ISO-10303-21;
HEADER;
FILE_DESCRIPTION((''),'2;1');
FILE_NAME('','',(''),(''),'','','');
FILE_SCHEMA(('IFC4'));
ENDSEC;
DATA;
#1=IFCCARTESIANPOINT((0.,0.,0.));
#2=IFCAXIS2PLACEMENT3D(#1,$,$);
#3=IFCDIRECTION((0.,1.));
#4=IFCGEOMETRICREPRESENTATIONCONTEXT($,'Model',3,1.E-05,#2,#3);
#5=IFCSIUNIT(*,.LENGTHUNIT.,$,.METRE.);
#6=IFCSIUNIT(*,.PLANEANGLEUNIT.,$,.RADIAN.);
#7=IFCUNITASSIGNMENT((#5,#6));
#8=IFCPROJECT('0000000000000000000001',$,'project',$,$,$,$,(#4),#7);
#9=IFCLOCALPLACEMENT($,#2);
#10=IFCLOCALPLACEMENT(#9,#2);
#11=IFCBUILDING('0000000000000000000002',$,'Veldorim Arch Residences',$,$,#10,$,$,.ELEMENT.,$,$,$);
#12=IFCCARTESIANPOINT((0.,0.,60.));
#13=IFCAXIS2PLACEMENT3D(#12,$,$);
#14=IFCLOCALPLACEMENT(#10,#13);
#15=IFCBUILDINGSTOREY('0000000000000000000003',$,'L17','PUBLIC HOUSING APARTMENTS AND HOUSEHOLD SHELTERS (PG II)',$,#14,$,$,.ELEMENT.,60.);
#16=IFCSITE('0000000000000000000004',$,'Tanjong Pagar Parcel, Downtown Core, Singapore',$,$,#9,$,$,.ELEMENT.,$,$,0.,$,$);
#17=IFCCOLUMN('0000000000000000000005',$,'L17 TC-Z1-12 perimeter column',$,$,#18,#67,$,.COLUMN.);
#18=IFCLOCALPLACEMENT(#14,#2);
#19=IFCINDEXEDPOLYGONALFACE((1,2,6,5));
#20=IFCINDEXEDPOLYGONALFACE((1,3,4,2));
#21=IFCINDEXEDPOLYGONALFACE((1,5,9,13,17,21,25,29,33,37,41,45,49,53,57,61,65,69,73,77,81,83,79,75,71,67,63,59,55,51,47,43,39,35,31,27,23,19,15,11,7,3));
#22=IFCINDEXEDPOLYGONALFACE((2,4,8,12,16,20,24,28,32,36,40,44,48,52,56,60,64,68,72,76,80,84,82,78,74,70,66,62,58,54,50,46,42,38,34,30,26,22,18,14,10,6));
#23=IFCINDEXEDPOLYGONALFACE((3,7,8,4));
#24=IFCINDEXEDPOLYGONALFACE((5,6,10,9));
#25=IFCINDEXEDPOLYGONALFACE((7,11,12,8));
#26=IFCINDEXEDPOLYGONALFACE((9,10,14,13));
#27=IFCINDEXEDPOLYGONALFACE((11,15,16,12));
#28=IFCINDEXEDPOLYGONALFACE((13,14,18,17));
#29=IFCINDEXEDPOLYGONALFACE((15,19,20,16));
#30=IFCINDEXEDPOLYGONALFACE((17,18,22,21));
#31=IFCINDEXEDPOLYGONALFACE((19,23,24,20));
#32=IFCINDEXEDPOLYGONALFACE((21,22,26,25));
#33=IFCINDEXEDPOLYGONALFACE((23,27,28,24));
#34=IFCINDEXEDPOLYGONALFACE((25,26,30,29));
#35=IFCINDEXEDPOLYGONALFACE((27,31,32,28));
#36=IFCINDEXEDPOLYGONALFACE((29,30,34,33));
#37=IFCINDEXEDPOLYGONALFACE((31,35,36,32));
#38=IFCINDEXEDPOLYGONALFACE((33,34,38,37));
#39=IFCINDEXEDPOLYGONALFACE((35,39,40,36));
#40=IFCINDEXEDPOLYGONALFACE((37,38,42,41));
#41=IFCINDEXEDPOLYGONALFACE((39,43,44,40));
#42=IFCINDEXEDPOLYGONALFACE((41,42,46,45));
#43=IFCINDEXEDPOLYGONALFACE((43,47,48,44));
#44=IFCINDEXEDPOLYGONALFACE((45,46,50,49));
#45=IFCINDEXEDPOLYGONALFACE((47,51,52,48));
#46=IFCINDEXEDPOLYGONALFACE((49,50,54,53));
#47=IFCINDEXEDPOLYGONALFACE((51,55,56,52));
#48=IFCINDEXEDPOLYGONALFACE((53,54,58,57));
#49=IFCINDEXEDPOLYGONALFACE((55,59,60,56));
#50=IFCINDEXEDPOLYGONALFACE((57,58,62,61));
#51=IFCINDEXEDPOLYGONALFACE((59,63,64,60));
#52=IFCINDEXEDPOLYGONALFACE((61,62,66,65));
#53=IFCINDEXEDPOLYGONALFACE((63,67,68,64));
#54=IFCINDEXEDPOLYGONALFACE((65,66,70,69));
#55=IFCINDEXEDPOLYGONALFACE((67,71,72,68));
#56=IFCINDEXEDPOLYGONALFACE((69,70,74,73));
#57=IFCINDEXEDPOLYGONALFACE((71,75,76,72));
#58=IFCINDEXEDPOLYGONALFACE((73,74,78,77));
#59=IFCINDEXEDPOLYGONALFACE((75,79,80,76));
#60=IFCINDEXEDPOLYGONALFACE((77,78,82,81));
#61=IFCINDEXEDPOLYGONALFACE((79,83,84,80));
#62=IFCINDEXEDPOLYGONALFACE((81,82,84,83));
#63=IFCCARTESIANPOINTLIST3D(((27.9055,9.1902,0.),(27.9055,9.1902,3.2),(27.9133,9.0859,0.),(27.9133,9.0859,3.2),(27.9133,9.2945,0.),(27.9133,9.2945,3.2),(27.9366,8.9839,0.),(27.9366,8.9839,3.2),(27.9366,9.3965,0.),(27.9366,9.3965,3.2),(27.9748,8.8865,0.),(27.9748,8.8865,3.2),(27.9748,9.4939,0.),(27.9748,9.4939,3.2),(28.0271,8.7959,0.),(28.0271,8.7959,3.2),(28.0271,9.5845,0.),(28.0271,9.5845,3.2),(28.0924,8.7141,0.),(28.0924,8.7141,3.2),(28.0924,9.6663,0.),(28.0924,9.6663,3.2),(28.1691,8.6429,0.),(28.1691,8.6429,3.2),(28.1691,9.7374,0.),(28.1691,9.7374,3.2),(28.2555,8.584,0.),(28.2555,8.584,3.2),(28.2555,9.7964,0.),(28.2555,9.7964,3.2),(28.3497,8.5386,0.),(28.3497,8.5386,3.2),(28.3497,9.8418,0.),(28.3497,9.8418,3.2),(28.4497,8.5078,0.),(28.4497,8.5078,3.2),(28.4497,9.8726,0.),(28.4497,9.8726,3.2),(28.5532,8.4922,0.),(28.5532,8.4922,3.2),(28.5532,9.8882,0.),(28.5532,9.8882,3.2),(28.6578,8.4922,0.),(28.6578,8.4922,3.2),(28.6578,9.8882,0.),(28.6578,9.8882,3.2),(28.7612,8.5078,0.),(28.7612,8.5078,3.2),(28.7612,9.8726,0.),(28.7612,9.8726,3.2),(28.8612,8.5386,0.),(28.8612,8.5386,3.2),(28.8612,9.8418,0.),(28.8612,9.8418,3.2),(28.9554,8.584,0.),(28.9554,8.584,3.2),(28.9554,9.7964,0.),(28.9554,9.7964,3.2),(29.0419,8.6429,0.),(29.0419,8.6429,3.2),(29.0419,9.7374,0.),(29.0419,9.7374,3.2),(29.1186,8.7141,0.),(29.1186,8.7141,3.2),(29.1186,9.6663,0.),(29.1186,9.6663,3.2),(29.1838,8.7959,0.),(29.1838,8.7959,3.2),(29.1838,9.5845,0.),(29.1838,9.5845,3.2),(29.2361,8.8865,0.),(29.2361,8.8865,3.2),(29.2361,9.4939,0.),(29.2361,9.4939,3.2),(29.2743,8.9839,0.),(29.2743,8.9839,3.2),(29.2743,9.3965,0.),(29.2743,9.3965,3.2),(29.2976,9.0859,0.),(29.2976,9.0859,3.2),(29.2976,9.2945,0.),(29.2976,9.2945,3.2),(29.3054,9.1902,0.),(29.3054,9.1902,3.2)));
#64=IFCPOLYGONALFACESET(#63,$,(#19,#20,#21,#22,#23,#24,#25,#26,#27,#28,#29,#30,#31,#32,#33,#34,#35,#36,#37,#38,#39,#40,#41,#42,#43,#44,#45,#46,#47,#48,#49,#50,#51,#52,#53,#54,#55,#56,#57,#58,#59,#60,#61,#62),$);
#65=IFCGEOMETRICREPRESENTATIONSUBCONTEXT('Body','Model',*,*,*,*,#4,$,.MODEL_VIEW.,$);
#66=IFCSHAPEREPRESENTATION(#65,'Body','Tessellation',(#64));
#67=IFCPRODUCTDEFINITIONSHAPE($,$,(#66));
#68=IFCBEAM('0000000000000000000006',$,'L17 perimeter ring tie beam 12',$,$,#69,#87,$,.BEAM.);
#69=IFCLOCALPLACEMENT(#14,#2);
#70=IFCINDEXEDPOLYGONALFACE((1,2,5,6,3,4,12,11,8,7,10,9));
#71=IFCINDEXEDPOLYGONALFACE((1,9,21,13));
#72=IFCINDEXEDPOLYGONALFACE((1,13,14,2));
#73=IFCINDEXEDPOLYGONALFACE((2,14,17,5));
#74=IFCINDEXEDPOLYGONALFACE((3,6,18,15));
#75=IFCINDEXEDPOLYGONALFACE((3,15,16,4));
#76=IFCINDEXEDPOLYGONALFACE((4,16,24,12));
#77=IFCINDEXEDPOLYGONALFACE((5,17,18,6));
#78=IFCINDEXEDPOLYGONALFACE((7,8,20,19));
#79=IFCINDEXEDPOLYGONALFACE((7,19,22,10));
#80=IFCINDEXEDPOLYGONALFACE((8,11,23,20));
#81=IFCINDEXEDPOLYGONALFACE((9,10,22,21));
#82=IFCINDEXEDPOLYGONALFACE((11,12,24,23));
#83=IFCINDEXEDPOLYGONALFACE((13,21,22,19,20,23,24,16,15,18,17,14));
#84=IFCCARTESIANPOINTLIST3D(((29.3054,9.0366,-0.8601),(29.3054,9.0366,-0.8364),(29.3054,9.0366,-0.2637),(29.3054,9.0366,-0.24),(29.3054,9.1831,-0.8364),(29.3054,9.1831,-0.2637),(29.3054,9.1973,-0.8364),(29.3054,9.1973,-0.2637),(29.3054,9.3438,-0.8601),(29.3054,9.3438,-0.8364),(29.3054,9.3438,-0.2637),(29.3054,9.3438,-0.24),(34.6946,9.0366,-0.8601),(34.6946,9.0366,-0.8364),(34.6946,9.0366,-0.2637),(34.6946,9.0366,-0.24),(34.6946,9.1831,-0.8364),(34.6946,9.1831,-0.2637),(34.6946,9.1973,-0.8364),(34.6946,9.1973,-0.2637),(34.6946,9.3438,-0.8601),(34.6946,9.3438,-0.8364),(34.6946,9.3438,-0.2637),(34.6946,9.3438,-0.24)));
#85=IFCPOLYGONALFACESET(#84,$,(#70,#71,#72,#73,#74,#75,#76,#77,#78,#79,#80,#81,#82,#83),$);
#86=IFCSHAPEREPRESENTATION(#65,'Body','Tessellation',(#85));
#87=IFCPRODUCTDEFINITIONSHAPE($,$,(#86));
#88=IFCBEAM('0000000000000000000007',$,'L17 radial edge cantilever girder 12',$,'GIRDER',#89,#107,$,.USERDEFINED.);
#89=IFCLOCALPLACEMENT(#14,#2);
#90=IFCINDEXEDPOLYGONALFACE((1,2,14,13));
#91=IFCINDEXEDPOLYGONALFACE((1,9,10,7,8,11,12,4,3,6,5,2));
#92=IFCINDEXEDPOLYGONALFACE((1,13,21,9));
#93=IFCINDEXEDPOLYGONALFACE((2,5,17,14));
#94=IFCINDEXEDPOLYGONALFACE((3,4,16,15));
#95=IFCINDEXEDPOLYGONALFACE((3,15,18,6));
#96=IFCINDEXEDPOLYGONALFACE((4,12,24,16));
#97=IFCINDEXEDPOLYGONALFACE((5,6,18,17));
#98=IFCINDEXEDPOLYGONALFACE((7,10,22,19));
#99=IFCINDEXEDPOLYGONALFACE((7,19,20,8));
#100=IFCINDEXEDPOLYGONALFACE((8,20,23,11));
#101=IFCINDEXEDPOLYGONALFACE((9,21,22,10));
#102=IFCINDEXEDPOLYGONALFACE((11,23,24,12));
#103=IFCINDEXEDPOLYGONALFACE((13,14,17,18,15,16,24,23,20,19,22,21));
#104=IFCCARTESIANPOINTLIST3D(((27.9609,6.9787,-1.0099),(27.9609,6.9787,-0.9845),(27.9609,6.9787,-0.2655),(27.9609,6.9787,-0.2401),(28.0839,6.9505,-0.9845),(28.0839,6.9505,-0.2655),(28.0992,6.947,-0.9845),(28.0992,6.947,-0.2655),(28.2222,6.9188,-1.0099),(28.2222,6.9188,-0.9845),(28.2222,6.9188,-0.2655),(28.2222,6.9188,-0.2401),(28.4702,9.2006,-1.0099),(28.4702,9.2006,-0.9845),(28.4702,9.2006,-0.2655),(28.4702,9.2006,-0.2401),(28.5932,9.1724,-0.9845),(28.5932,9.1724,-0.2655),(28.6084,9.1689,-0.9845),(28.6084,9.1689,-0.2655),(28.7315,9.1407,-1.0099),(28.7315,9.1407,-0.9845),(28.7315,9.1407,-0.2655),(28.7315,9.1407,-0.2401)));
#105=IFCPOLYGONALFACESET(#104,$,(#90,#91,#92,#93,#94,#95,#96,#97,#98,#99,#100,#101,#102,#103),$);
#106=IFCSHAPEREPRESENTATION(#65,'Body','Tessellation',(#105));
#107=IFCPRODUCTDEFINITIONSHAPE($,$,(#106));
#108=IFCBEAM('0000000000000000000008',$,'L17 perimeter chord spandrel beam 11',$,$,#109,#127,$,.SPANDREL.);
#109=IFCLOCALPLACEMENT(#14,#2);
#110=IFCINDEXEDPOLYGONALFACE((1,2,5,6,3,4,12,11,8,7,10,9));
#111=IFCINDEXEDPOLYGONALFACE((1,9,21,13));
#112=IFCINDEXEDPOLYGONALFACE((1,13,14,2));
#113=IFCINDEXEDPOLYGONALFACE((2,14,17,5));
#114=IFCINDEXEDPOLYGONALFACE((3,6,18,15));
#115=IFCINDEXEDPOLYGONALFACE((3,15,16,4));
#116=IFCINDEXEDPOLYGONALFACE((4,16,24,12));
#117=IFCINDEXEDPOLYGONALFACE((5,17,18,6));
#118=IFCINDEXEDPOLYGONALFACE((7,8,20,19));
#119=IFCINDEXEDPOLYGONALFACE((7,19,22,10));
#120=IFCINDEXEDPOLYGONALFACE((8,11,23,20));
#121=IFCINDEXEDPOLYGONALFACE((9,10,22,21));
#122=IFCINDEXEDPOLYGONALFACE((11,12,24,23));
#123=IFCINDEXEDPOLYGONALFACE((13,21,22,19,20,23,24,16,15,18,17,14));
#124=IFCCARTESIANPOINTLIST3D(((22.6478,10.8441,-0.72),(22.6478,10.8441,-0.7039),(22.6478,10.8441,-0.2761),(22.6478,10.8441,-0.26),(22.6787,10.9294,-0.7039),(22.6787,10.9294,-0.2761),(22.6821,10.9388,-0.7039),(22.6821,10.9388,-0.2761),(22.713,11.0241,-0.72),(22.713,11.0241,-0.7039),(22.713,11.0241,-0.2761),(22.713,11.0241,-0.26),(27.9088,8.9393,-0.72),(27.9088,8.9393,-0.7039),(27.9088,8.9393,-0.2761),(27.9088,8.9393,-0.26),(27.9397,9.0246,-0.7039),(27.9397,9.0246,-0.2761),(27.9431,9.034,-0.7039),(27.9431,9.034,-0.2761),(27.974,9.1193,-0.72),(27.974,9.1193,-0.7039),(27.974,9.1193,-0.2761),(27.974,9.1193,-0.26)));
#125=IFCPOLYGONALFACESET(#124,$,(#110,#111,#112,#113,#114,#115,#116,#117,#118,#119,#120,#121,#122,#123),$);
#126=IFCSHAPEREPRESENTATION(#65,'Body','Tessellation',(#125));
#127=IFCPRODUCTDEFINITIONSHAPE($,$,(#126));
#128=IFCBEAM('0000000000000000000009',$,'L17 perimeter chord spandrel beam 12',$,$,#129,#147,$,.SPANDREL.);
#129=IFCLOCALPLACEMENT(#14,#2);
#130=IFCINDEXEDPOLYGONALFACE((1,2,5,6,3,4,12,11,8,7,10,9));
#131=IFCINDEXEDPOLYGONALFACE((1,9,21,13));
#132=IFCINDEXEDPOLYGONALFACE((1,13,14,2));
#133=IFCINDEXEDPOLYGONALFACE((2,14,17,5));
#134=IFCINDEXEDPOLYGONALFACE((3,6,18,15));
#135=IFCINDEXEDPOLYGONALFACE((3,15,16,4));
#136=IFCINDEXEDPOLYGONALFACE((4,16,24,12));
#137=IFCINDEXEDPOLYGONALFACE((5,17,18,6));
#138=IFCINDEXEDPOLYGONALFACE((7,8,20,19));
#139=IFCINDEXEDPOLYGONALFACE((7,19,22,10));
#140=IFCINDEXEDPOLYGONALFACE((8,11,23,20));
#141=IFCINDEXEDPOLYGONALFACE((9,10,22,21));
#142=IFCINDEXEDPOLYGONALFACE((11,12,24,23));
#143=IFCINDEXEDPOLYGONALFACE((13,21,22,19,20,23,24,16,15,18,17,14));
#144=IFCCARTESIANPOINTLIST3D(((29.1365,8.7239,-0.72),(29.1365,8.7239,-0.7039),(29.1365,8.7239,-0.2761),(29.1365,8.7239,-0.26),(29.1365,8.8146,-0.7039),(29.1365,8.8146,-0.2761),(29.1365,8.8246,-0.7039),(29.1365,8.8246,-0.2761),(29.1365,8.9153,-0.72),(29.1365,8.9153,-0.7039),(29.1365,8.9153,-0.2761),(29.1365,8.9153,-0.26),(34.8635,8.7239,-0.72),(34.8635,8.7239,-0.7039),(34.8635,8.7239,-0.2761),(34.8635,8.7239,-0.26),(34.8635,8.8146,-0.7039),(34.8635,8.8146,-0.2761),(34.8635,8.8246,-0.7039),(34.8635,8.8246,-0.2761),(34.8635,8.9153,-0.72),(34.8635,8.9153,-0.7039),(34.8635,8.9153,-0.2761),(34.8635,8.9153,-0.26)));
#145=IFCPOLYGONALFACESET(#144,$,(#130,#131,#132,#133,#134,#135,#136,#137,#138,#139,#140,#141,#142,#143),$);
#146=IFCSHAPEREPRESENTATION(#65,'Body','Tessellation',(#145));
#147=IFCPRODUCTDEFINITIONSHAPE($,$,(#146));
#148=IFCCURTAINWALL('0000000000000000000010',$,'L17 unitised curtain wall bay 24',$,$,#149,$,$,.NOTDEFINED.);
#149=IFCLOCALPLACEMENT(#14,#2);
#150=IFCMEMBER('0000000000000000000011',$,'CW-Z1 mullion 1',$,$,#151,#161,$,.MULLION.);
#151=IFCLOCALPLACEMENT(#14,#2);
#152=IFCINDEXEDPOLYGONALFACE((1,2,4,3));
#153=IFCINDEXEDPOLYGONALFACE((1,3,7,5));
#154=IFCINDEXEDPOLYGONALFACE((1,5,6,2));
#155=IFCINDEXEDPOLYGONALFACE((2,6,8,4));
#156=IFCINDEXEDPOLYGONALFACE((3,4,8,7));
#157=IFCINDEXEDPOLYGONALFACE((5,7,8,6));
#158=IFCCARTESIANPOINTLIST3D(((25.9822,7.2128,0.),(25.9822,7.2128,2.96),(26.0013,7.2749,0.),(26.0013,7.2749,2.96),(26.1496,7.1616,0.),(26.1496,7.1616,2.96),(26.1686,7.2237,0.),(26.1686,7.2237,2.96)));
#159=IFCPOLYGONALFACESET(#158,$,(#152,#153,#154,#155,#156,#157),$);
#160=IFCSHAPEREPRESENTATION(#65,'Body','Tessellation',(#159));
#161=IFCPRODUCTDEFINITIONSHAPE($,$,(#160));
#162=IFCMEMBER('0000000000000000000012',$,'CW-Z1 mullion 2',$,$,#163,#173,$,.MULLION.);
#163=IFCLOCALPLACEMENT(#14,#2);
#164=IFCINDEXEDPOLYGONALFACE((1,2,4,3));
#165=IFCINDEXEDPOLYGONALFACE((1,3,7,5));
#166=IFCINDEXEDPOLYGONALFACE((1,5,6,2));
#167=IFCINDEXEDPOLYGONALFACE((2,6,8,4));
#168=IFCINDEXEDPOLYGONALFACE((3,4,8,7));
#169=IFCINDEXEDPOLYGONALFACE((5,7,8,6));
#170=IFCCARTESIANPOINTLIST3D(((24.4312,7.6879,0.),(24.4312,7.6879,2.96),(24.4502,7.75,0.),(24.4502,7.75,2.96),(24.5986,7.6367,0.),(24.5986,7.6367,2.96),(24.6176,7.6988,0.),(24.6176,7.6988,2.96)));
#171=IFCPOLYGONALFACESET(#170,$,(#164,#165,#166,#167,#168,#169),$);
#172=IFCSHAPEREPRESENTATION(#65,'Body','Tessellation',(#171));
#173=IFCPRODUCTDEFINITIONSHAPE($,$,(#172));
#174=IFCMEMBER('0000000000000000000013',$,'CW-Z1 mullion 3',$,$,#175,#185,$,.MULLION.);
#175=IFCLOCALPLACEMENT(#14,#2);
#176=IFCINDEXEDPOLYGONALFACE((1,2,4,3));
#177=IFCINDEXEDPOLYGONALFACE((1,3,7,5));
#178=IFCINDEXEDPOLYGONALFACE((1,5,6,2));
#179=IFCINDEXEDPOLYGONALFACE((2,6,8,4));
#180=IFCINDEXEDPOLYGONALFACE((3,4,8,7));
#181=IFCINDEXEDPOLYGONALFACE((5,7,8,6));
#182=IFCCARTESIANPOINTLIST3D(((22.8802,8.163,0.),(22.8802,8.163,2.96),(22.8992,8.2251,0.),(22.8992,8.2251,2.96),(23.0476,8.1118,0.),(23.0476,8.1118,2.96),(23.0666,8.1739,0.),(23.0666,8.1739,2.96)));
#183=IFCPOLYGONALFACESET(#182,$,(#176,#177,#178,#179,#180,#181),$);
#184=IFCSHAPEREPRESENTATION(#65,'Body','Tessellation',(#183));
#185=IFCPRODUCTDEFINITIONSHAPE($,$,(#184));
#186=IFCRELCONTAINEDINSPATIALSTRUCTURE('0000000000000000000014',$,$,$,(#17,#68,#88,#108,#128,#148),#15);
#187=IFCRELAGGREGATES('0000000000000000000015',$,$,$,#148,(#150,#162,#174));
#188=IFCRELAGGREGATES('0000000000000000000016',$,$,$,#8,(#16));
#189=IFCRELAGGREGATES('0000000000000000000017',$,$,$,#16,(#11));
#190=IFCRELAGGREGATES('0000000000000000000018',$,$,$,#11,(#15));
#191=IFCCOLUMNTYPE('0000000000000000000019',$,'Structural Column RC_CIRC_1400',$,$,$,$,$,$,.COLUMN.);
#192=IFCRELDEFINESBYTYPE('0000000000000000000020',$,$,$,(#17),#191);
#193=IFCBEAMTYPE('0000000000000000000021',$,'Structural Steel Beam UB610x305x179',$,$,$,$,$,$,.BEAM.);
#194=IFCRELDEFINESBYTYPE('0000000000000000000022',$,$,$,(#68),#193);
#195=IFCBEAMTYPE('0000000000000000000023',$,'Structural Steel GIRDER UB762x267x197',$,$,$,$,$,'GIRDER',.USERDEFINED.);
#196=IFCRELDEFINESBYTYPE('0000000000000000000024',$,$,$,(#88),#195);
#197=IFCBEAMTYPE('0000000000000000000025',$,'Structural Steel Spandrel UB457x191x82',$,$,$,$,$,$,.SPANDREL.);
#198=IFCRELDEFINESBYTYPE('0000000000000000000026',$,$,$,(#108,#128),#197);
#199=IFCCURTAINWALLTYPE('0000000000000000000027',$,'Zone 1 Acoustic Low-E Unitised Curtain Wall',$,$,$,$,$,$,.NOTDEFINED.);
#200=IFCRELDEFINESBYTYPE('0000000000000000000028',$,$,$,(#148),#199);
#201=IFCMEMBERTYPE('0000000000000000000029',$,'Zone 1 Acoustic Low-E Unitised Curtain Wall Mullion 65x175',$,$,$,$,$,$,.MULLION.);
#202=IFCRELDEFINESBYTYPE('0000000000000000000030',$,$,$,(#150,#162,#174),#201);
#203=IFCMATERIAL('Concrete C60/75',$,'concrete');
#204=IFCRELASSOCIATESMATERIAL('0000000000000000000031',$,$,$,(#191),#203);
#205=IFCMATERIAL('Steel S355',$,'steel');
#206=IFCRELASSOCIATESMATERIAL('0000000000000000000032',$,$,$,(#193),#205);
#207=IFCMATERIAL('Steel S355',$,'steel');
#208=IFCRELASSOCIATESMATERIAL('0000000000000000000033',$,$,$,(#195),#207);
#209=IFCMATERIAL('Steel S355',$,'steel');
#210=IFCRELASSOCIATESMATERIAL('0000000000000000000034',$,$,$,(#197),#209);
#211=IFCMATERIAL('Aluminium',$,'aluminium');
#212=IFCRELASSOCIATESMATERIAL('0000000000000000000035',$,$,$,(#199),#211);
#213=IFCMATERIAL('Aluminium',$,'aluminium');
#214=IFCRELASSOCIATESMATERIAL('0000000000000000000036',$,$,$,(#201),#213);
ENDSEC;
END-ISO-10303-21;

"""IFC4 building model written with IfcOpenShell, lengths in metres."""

from ifc_helpers import new_model, si_unit, direction, frame, origin, origin_2d, place, context, subcontext, project, spatial, rectangle, circle, i_section, extrude, material, material_profile, profile_set, type_object, element, aggregate, save


model = new_model("IFC4")

# Units and contexts
model_context = context("Model", 3, precision=1e-05, world=origin(), true_north=direction((0.0, 1.0)))
body_context = subcontext(model_context, "Body", "Model", "MODEL_VIEW")
ifc_project = project(units=[si_unit("LENGTHUNIT", "METRE"), si_unit("PLANEANGLEUNIT", "RADIAN")], contexts=[model_context])

# Site, building, storey
site_placement = place(None, origin())
site = spatial("IfcSite", under=ifc_project, at=site_placement, Name="Tanjong Pagar Parcel, Downtown Core, Singapore", CompositionType="ELEMENT", RefElevation=0.0)
building_placement = place(site_placement, origin())
building = spatial("IfcBuilding", under=site, at=building_placement, Name="Veldorim Arch Residences", CompositionType="ELEMENT")
storey_placement = place(building_placement, frame((0.0, 0.0, 60.0)))
storey = spatial("IfcBuildingStorey", under=building, at=storey_placement, Name="L17", Description="PUBLIC HOUSING APARTMENTS AND HOUSEHOLD SHELTERS (PG II)", CompositionType="ELEMENT", Elevation=60.0)

# Column
ifc_material_1 = material(Name="Concrete C60/75", Category="concrete")
ifc_material_profile_1 = material_profile(ifc_material_1, circle(Radius=0.7, at=origin_2d()), Name="RC_CIRC_1400")
ifc_profile_set_1 = profile_set([ifc_material_profile_1], Name="Concrete C60/75")
column_type = type_object("IfcColumnType", Name="Structural Column RC_CIRC_1400", PredefinedType="COLUMN", material=ifc_profile_set_1)
column_placement = place(storey_placement, frame((28.6055, 9.1902, 0.0), z_axis=(0.0, 0.0, 1.0), x_axis=(1.0, 0.0, 0.0)))
element("IfcColumn", 1, at=column_placement, inside=storey, type_object=column_type, Name="L17 TC-Z1-12 perimeter column", PredefinedType="COLUMN", context=body_context, shape_type="SweptSolid", body=[
    extrude(circle(Radius=0.7, at=origin_2d()), origin(), (0.0, 0.0, 1.0), 3.2),
])

# Beams
ifc_material_2 = material(Name="Steel S355", Category="steel")
ifc_material_profile_2 = material_profile(ifc_material_2, i_section(OverallWidth=0.3071, OverallDepth=0.6201, WebThickness=0.0142, FlangeThickness=0.0237, at=origin_2d()), Name="UB610x305x179")
ifc_profile_set_2 = profile_set([ifc_material_profile_2], Name="Steel S355")
beam_type_1 = type_object("IfcBeamType", Name="Structural Steel Beam UB610x305x179", PredefinedType="BEAM", material=ifc_profile_set_2)
beam_1_placement = place(storey_placement, frame((29.3054, 9.1902, -0.55), z_axis=(1.0, 0.0, 0.0), x_axis=(0.0, 1.0, 0.0)))
element("IfcBeam", 2, at=beam_1_placement, inside=storey, type_object=beam_type_1, Name="L17 perimeter ring tie beam 12", PredefinedType="BEAM", context=body_context, shape_type="SweptSolid", body=[
    extrude(i_section(OverallWidth=0.3071, OverallDepth=0.6201, WebThickness=0.0142, FlangeThickness=0.0237, at=origin_2d()), origin(), (0.0, 0.0, 1.0), 5.3892),
])
ifc_material_3 = material(Name="Steel S355", Category="steel")
ifc_material_profile_3 = material_profile(ifc_material_3, i_section(OverallWidth=0.2681, OverallDepth=0.7698, WebThickness=0.0156, FlangeThickness=0.0254, at=origin_2d()), Name="UB762x267x197")
ifc_profile_set_3 = profile_set([ifc_material_profile_3], Name="Steel S355")
beam_type_2 = type_object("IfcBeamType", Name="Structural Steel GIRDER UB762x267x197", ElementType="GIRDER", PredefinedType="USERDEFINED", material=ifc_profile_set_3)
beam_2_placement = place(storey_placement, frame((28.6008, 9.1707, -0.625), z_axis=(-0.223412, -0.974724, 0.0), x_axis=(0.974724, -0.223412, 0.0)))
element("IfcBeam", 3, at=beam_2_placement, inside=storey, type_object=beam_type_2, Name="L17 radial edge cantilever girder 12", ObjectType="GIRDER", PredefinedType="USERDEFINED", context=body_context, shape_type="SweptSolid", body=[
    extrude(i_section(OverallWidth=0.2681, OverallDepth=0.7698, WebThickness=0.0156, FlangeThickness=0.0254, at=origin_2d()), origin(), (0.0, 0.0, 1.0), 2.2795),
])
ifc_material_4 = material(Name="Steel S355", Category="steel")
ifc_material_profile_4 = material_profile(ifc_material_4, i_section(OverallWidth=0.1914, OverallDepth=0.46, WebThickness=0.01, FlangeThickness=0.0161, at=origin_2d()), Name="UB457x191x82")
ifc_profile_set_4 = profile_set([ifc_material_profile_4], Name="Steel S355")
beam_type_3 = type_object("IfcBeamType", Name="Structural Steel Spandrel UB457x191x82", PredefinedType="SPANDREL", material=ifc_profile_set_4)
beam_3_placement = place(storey_placement, frame((22.6804, 10.9341, -0.49), z_axis=(0.940269, -0.340432, 0.0), x_axis=(0.340432, 0.940269, 0.0)))
element("IfcBeam", 4, at=beam_3_placement, inside=storey, type_object=beam_type_3, Name="L17 perimeter chord spandrel beam 11", PredefinedType="SPANDREL", context=body_context, shape_type="SweptSolid", body=[
    extrude(i_section(OverallWidth=0.1914, OverallDepth=0.46, WebThickness=0.01, FlangeThickness=0.0161, at=origin_2d()), origin(), (0.0, 0.0, 1.0), 5.5952),
])
beam_4_placement = place(storey_placement, frame((29.1365, 8.8196, -0.49), z_axis=(1.0, 0.0, 0.0), x_axis=(0.0, 1.0, 0.0)))
element("IfcBeam", 5, at=beam_4_placement, inside=storey, type_object=beam_type_3, Name="L17 perimeter chord spandrel beam 12", PredefinedType="SPANDREL", context=body_context, shape_type="SweptSolid", body=[
    extrude(i_section(OverallWidth=0.1914, OverallDepth=0.46, WebThickness=0.01, FlangeThickness=0.0161, at=origin_2d()), origin(), (0.0, 0.0, 1.0), 5.7271),
])

# Curtain wall, members
ifc_material_5 = material(Name="Aluminium", Category="aluminium")
curtain_wall_type = type_object("IfcCurtainWallType", Name="Zone 1 Acoustic Low-E Unitised Curtain Wall", PredefinedType="NOTDEFINED", material=ifc_material_5)
curtain_wall_placement = place(storey_placement, origin())
curtain_wall = element("IfcCurtainWall", 6, at=curtain_wall_placement, inside=storey, type_object=curtain_wall_type, Name="L17 unitised curtain wall bay 24", PredefinedType="NOTDEFINED")
ifc_material_6 = material(Name="Aluminium", Category="aluminium")
ifc_material_profile_5 = material_profile(ifc_material_6, rectangle(XDim=0.0649, YDim=0.175, at=origin_2d()), Name="ALU_MUL_65x175")
ifc_profile_set_5 = profile_set([ifc_material_profile_5], Name="Aluminium")
member_type_1 = type_object("IfcMemberType", Name="Zone 1 Acoustic Low-E Unitised Curtain Wall Mullion 65x175", PredefinedType="MULLION", material=ifc_profile_set_5)
member_1_placement = place(storey_placement, frame((26.0754, 7.2183, 0.0), z_axis=(0.0, 0.0, 1.0), x_axis=(-0.292852, -0.956158, 0.0)))
member_1 = element("IfcMember", 7, at=member_1_placement, type_object=member_type_1, Name="CW-Z1 mullion 1", PredefinedType="MULLION", context=body_context, shape_type="SweptSolid", body=[
    extrude(rectangle(XDim=0.0649, YDim=0.175, at=origin_2d()), origin(), (0.0, 0.0, 1.0), 2.96),
])
member_2_placement = place(storey_placement, frame((24.5244, 7.6934, 0.0), z_axis=(0.0, 0.0, 1.0), x_axis=(-0.292852, -0.956158, 0.0)))
member_2 = element("IfcMember", 8, at=member_2_placement, type_object=member_type_1, Name="CW-Z1 mullion 2", PredefinedType="MULLION", context=body_context, shape_type="SweptSolid", body=[
    extrude(rectangle(XDim=0.0649, YDim=0.175, at=origin_2d()), origin(), (0.0, 0.0, 1.0), 2.96),
])
member_3_placement = place(storey_placement, frame((22.9734, 8.1685, 0.0), z_axis=(0.0, 0.0, 1.0), x_axis=(-0.292852, -0.956158, 0.0)))
member_3 = element("IfcMember", 9, at=member_3_placement, type_object=member_type_1, Name="CW-Z1 mullion 3", PredefinedType="MULLION", context=body_context, shape_type="SweptSolid", body=[
    extrude(rectangle(XDim=0.0649, YDim=0.175, at=origin_2d()), origin(), (0.0, 0.0, 1.0), 2.96),
])
aggregate(curtain_wall, [member_1, member_2, member_3])

save(model, "model.ifc")
